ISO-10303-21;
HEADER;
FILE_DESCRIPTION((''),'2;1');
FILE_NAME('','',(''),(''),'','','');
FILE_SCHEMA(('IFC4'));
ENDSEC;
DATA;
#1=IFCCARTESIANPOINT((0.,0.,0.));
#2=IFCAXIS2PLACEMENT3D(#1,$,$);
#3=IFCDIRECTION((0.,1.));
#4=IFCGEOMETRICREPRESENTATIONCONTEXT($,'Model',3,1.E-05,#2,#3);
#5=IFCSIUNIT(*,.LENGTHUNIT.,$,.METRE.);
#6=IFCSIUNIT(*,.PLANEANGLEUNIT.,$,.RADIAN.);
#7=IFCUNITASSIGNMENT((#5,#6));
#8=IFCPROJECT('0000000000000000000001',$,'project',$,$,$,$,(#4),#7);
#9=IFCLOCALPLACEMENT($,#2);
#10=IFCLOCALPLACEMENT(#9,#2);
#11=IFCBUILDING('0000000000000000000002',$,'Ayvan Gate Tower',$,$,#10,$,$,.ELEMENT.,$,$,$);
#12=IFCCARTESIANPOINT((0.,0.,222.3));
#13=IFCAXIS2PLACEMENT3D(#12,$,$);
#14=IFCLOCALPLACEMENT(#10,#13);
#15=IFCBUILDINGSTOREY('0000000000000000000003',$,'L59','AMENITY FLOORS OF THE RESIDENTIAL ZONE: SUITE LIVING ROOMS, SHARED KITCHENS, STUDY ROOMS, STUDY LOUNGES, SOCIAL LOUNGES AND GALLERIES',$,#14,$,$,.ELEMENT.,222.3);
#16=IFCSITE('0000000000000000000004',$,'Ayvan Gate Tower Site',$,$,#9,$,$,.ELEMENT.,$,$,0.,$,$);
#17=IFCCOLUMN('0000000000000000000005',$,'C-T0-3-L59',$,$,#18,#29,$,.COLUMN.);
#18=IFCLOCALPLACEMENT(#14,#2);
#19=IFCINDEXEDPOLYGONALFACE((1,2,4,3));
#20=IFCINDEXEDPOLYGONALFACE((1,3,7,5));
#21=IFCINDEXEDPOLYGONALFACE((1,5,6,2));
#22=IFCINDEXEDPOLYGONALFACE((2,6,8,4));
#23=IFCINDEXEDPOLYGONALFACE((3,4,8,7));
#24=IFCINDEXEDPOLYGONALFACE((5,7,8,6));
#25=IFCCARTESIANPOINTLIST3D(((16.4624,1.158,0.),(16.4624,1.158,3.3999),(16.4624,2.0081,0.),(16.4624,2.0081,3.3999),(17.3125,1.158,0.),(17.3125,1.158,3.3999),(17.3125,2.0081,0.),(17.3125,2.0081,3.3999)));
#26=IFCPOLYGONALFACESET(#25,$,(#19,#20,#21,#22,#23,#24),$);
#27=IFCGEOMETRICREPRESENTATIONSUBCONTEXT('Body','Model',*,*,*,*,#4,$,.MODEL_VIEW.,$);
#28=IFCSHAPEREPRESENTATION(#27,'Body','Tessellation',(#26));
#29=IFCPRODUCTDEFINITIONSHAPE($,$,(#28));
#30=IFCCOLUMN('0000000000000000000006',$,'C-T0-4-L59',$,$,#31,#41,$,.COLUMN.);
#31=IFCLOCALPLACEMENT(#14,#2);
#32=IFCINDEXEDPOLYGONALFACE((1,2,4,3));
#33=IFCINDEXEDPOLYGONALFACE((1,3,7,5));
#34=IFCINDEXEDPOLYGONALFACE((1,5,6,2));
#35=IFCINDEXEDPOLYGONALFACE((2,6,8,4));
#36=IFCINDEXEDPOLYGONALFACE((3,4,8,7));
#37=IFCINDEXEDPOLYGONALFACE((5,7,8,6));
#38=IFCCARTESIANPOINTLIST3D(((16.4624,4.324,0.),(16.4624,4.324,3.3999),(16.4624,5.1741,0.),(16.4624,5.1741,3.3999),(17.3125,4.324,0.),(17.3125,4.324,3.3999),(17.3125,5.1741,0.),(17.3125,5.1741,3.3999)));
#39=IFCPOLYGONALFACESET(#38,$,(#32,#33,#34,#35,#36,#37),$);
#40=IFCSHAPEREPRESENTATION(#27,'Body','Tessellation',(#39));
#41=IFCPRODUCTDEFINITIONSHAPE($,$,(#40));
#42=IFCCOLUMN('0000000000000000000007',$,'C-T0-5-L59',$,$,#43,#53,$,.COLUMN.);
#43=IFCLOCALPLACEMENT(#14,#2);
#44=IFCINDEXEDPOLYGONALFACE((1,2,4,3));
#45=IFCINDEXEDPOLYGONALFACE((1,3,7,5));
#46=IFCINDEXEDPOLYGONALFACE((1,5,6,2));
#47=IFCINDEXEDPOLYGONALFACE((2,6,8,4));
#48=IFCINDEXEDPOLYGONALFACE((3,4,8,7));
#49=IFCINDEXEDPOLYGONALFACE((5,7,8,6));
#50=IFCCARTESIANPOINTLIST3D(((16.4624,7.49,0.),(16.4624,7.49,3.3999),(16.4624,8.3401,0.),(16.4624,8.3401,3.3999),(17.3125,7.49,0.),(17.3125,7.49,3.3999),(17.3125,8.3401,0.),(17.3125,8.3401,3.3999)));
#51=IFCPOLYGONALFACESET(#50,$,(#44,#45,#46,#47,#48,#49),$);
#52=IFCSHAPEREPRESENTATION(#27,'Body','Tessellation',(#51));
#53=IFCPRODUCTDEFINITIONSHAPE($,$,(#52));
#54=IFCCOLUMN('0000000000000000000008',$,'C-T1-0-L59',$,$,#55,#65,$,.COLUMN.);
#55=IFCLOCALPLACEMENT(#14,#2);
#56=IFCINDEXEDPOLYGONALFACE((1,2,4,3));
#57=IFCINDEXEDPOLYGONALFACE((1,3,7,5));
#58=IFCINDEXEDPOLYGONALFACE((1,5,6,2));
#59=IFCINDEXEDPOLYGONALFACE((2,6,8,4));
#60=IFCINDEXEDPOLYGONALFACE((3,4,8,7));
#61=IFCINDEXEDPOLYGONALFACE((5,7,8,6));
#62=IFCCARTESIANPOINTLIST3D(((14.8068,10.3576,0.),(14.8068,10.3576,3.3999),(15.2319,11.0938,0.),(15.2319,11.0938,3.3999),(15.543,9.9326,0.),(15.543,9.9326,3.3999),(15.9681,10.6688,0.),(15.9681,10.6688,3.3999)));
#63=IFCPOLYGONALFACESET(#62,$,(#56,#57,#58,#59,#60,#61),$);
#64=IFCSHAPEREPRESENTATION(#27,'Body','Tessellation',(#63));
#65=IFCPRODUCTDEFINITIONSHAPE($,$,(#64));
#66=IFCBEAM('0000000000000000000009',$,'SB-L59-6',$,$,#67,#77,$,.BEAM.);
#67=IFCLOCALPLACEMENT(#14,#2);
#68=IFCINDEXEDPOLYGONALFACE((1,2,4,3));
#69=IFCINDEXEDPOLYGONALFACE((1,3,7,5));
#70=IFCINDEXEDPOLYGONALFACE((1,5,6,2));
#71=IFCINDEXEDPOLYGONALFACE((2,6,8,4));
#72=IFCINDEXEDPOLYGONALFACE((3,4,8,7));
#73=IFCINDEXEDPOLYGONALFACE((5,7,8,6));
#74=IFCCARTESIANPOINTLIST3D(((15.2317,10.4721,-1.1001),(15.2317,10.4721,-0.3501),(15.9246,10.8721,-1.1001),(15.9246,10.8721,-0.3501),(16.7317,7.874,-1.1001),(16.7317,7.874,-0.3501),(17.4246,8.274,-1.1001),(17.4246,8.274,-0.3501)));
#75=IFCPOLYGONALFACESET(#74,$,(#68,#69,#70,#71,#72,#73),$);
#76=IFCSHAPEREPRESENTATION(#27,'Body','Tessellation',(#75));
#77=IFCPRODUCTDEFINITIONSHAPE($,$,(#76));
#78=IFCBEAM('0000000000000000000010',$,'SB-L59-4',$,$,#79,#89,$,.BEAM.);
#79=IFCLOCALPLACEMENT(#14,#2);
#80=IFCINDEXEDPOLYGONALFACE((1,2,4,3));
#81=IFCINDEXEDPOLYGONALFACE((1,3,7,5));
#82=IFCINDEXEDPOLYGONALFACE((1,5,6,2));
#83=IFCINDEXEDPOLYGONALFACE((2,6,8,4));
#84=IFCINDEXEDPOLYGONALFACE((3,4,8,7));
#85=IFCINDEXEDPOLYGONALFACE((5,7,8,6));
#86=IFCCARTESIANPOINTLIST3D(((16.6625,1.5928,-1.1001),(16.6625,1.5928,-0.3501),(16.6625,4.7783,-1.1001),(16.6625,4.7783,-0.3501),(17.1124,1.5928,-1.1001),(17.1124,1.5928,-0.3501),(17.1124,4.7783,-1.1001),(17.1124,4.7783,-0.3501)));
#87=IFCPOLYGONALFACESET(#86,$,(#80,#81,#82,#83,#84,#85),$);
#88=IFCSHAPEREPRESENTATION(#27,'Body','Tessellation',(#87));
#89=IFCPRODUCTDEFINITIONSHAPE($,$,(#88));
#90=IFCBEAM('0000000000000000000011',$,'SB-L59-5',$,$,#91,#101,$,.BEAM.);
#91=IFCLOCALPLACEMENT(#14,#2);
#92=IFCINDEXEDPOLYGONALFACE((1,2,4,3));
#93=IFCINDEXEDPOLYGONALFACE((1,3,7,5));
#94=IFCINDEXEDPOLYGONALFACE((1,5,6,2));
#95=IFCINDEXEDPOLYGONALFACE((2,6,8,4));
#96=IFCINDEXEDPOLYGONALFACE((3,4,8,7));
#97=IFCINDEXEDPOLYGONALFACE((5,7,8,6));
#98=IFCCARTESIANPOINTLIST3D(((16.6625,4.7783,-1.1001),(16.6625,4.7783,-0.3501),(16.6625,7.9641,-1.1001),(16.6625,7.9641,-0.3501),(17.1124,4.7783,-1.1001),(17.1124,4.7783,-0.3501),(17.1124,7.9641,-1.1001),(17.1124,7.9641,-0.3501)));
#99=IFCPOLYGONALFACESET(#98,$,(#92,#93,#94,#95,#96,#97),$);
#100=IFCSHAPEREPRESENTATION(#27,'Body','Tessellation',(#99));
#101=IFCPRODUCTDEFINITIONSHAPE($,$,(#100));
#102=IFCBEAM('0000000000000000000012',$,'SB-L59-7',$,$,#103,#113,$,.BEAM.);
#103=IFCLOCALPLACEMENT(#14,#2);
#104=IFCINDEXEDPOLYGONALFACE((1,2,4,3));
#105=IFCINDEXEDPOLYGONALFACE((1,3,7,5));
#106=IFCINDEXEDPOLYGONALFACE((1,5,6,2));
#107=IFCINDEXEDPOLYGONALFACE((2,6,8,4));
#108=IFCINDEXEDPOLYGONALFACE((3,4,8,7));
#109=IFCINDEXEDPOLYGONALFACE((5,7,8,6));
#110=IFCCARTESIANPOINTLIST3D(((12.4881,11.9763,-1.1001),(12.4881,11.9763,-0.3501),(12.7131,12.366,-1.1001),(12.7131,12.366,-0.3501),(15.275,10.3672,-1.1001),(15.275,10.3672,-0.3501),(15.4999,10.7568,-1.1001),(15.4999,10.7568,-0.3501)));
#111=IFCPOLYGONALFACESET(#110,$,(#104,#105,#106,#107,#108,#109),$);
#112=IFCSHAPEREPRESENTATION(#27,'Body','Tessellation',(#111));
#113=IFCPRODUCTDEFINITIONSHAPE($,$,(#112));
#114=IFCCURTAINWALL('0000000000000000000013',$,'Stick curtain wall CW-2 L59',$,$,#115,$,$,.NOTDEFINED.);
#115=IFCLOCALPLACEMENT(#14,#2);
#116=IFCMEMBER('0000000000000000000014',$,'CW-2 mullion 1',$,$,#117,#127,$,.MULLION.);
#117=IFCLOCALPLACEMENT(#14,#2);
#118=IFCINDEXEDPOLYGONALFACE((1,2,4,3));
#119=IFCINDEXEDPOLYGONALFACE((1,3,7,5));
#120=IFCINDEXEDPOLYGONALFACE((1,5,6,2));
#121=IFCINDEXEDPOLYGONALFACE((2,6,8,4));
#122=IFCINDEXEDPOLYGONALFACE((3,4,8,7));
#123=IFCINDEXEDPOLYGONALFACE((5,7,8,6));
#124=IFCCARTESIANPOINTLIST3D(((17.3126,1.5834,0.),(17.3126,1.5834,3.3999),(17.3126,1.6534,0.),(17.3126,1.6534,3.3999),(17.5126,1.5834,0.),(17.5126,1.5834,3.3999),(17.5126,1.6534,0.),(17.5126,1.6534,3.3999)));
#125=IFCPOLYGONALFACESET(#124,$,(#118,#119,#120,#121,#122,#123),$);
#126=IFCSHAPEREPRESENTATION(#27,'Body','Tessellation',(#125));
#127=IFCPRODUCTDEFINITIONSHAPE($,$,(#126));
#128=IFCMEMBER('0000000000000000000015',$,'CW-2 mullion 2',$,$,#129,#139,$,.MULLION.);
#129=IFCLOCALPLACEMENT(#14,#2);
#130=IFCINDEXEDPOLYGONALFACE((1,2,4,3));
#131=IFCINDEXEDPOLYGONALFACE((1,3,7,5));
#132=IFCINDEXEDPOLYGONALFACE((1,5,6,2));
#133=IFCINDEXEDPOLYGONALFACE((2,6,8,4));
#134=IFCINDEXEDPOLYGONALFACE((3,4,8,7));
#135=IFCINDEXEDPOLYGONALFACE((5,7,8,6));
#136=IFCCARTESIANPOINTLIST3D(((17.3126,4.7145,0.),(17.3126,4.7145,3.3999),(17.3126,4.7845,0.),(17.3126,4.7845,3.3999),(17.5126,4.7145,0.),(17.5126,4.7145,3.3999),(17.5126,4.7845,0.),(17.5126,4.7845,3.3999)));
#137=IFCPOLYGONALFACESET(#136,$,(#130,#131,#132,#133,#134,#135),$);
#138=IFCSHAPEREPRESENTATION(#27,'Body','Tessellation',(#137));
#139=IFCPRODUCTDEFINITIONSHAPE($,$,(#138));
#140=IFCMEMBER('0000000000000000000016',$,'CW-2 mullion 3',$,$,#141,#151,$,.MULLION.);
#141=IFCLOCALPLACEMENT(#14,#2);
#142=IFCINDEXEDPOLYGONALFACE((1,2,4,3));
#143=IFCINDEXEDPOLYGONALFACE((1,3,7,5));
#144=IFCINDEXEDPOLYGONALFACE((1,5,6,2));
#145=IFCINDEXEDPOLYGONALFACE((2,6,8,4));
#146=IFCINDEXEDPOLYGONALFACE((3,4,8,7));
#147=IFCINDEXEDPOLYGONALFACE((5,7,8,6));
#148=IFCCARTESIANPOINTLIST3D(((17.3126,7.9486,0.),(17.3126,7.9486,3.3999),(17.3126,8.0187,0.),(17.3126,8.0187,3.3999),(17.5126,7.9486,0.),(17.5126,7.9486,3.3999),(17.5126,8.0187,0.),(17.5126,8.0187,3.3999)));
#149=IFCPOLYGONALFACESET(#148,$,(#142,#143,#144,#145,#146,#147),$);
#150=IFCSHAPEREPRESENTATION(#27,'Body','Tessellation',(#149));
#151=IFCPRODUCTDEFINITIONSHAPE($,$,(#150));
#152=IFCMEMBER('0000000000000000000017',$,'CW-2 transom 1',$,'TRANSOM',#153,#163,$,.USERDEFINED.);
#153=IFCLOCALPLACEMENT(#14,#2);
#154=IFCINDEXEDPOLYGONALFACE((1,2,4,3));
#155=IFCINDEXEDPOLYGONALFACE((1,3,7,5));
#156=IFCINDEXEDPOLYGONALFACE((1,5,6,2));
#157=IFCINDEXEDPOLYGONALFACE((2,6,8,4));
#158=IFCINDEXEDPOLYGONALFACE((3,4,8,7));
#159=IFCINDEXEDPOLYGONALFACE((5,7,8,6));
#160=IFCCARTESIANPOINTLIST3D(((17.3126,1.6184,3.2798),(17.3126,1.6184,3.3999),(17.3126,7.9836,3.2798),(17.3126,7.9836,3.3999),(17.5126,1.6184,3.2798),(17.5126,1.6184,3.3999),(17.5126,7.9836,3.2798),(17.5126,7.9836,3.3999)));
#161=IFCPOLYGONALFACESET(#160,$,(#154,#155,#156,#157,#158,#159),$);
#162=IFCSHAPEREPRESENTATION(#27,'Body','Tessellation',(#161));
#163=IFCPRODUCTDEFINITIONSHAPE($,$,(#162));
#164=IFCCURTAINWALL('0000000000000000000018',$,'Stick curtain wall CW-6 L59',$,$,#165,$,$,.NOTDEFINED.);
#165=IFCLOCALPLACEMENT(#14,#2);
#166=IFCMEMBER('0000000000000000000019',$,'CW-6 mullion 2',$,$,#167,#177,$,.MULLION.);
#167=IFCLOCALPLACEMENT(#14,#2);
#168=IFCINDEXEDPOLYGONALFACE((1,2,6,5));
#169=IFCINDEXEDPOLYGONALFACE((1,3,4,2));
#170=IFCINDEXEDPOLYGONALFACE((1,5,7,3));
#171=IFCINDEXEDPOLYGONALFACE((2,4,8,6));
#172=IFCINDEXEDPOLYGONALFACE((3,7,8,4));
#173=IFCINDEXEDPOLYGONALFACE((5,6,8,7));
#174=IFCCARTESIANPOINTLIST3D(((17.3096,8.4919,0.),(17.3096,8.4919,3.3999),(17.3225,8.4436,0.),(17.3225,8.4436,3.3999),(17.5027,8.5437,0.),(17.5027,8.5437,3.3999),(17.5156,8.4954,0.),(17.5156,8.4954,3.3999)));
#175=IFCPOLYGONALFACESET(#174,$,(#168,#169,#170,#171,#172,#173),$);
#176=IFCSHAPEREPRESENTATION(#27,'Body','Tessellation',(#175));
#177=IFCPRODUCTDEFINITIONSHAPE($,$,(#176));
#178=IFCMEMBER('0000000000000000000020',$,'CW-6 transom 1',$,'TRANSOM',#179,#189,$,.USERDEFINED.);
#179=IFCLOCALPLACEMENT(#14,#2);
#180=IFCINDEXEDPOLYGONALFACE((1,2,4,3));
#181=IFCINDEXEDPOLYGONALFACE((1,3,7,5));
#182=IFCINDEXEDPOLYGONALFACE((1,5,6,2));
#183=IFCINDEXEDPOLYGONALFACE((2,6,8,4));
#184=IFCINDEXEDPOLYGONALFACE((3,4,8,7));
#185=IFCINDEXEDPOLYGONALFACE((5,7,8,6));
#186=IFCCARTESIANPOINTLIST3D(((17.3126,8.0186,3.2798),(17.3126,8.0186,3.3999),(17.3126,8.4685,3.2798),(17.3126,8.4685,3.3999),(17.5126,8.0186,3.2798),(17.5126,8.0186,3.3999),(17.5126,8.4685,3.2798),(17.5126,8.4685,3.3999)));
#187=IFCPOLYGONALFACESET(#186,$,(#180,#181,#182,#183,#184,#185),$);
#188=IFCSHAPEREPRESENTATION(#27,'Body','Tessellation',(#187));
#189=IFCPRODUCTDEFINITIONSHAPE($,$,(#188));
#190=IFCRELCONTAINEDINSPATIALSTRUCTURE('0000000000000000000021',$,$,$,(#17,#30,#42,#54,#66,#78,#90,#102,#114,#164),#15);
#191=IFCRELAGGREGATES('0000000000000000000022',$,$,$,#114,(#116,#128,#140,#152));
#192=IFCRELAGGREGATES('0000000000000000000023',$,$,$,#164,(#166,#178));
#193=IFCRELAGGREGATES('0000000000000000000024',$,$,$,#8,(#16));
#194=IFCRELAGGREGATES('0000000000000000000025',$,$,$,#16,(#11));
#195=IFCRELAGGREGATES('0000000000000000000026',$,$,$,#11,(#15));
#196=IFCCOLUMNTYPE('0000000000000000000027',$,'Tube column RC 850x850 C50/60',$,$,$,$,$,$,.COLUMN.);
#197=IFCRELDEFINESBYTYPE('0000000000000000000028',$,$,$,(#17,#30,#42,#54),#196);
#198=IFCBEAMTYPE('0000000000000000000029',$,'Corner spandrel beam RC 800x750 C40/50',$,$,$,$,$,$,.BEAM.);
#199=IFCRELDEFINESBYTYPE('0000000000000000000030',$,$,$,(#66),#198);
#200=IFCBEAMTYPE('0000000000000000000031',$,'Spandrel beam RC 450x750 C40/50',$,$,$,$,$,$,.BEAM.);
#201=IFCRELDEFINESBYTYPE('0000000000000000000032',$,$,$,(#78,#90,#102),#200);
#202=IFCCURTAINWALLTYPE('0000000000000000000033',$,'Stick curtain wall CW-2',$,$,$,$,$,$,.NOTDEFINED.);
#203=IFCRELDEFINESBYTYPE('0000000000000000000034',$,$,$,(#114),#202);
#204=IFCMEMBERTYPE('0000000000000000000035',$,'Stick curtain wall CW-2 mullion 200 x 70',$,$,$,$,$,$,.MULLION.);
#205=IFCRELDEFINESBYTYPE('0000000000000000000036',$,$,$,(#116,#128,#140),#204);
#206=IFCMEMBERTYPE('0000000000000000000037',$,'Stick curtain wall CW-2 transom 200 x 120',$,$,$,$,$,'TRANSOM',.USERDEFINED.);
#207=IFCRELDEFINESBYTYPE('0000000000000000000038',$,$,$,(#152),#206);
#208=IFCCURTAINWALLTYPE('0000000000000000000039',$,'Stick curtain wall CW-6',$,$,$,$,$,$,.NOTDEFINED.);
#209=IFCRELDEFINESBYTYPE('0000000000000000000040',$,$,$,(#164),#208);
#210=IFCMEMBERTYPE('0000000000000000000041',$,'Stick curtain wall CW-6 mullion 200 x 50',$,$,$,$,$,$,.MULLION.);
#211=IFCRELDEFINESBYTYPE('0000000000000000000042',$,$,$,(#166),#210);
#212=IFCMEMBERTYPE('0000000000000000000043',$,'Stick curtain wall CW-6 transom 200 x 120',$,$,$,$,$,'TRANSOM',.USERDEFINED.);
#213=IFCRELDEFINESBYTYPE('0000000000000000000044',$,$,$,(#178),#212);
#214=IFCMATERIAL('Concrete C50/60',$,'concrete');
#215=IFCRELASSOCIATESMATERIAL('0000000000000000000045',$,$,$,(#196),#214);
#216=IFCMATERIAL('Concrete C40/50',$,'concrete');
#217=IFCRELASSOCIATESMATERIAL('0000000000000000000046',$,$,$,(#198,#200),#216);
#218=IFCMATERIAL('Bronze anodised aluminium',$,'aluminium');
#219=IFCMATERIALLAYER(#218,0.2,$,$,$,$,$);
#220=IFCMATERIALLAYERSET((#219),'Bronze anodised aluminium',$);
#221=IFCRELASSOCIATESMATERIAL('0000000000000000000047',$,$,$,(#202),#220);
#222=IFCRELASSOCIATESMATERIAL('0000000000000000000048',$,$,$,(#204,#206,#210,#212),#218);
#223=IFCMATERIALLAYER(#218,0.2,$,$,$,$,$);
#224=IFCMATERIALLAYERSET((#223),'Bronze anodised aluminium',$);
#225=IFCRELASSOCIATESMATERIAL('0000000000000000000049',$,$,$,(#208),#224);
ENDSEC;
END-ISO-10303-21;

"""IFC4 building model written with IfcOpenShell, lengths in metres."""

from ifc_helpers import new_model, si_unit, direction, frame, origin, origin_2d, place, context, subcontext, project, spatial, rectangle, extrude, material, layer, layer_set, material_profile, profile_set, type_object, element, aggregate, save


model = new_model("IFC4")

# Units and contexts
model_context = context("Model", 3, precision=1e-05, world=origin(), true_north=direction((0.0, 1.0)))
body_context = subcontext(model_context, "Body", "Model", "MODEL_VIEW")
ifc_project = project(units=[si_unit("LENGTHUNIT", "METRE"), si_unit("PLANEANGLEUNIT", "RADIAN")], contexts=[model_context])

# Site, building, storey
site_placement = place(None, origin())
site = spatial("IfcSite", under=ifc_project, at=site_placement, Name="Ayvan Gate Tower Site", CompositionType="ELEMENT", RefElevation=0.0)
building_placement = place(site_placement, origin())
building = spatial("IfcBuilding", under=site, at=building_placement, Name="Ayvan Gate Tower", CompositionType="ELEMENT")
storey_placement = place(building_placement, frame((0.0, 0.0, 222.3)))
storey = spatial("IfcBuildingStorey", under=building, at=storey_placement, Name="L59", Description="AMENITY FLOORS OF THE RESIDENTIAL ZONE: SUITE LIVING ROOMS, SHARED KITCHENS, STUDY ROOMS, STUDY LOUNGES, SOCIAL LOUNGES AND GALLERIES", CompositionType="ELEMENT", Elevation=222.3)

# Columns
ifc_material_1 = material(Name="Concrete C50/60", Category="concrete")
ifc_material_profile_1 = material_profile(ifc_material_1, rectangle(XDim=0.8501, YDim=0.8501, at=origin_2d()), Name="RC 850x850")
ifc_profile_set_1 = profile_set([ifc_material_profile_1], Name="Concrete C50/60")
column_type = type_object("IfcColumnType", Name="Tube column RC 850x850 C50/60", PredefinedType="COLUMN", material=ifc_profile_set_1)
for number, where, z_axis, x_axis, name in (
    (1, (16.8875, 1.583, 0.0), (0.0, 0.0, 1.0), (1.0, 0.0, 0.0), "C-T0-3-L59"),
    (2, (16.8875, 4.749, 0.0), (0.0, 0.0, 1.0), (1.0, 0.0, 0.0), "C-T0-4-L59"),
    (3, (16.8875, 7.915, 0.0), (0.0, 0.0, 1.0), (1.0, 0.0, 0.0), "C-T0-5-L59"),
    (4, (15.3875, 10.5132, 0.0), (0.0, 0.0, 1.0), (0.5, 0.866025, 0.0), "C-T1-0-L59"),
):
    element("IfcColumn", number, at=place(storey_placement, frame(where, z_axis=z_axis, x_axis=x_axis)), inside=storey, type_object=column_type, Name=name, PredefinedType="COLUMN", context=body_context, shape_type="SweptSolid", body=[
        extrude(rectangle(XDim=0.8501, YDim=0.8501, at=origin_2d()), origin(), (0.0, 0.0, 1.0), 3.3999),
    ])

# Beams
ifc_material_2 = material(Name="Concrete C40/50", Category="concrete")
ifc_material_profile_2 = material_profile(ifc_material_2, rectangle(XDim=0.8, YDim=0.75, at=origin_2d()), Name="RC 800x750")
ifc_profile_set_2 = profile_set([ifc_material_profile_2], Name="Concrete C40/50")
beam_type_1 = type_object("IfcBeamType", Name="Corner spandrel beam RC 800x750 C40/50", PredefinedType="BEAM", material=ifc_profile_set_2)
beam_1_placement = place(storey_placement, frame((17.0781, 8.074, -0.7251), z_axis=(-0.49999, 0.866031, 0.0), x_axis=(-0.866031, -0.49999, 0.0)))
element("IfcBeam", 5, at=beam_1_placement, inside=storey, type_object=beam_type_1, Name="SB-L59-6", PredefinedType="BEAM", context=body_context, shape_type="SweptSolid", body=[
    extrude(rectangle(XDim=0.8, YDim=0.75, at=origin_2d()), origin(), (0.0, 0.0, 1.0), 3.0),
])
ifc_material_profile_3 = material_profile(ifc_material_2, rectangle(XDim=0.45, YDim=0.75, at=origin_2d()), Name="RC 450x750")
ifc_profile_set_3 = profile_set([ifc_material_profile_3], Name="Concrete C40/50")
beam_type_2 = type_object("IfcBeamType", Name="Spandrel beam RC 450x750 C40/50", PredefinedType="BEAM", material=ifc_profile_set_3)
beam_2_placement = place(storey_placement, frame((16.8875, 1.5928, -0.7251), z_axis=(0.0, 1.0, 0.0), x_axis=(-1.0, 0.0, 0.0)))
element("IfcBeam", 6, at=beam_2_placement, inside=storey, type_object=beam_type_2, Name="SB-L59-4", PredefinedType="BEAM", context=body_context, shape_type="SweptSolid", body=[
    extrude(rectangle(XDim=0.45, YDim=0.75, at=origin_2d()), origin(), (0.0, 0.0, 1.0), 3.1855),
])
beam_3_placement = place(storey_placement, frame((16.8875, 4.7783, -0.7251), z_axis=(0.0, 1.0, 0.0), x_axis=(-1.0, 0.0, 0.0)))
element("IfcBeam", 7, at=beam_3_placement, inside=storey, type_object=beam_type_2, Name="SB-L59-5", PredefinedType="BEAM", context=body_context, shape_type="SweptSolid", body=[
    extrude(rectangle(XDim=0.45, YDim=0.75, at=origin_2d()), origin(), (0.0, 0.0, 1.0), 3.1858),
])
beam_4_placement = place(storey_placement, frame((15.3875, 10.562, -0.7251), z_axis=(-0.866007, 0.500031, 0.0), x_axis=(-0.500031, -0.866007, 0.0)))
element("IfcBeam", 8, at=beam_4_placement, inside=storey, type_object=beam_type_2, Name="SB-L59-7", PredefinedType="BEAM", context=body_context, shape_type="SweptSolid", body=[
    extrude(rectangle(XDim=0.45, YDim=0.75, at=origin_2d()), origin(), (0.0, 0.0, 1.0), 3.218),
])

# Curtain walls, members
ifc_material_3 = material(Name="Bronze anodised aluminium", Category="aluminium")
ifc_layer_1 = layer(ifc_material_3, 0.2)
ifc_layer_set_1 = layer_set([ifc_layer_1], Name="Bronze anodised aluminium")
curtain_wall_type_1 = type_object("IfcCurtainWallType", Name="Stick curtain wall CW-2", PredefinedType="NOTDEFINED", material=ifc_layer_set_1)
curtain_wall_1_placement = place(storey_placement, origin())
curtain_wall_1 = element("IfcCurtainWall", 9, at=curtain_wall_1_placement, inside=storey, type_object=curtain_wall_type_1, Name="Stick curtain wall CW-2 L59", PredefinedType="NOTDEFINED")
ifc_material_profile_4 = material_profile(ifc_material_3, rectangle(XDim=0.2, YDim=0.0701, at=origin_2d()), Name="Stick curtain wall CW-2 mullion 200 x 70")
ifc_profile_set_4 = profile_set([ifc_material_profile_4], Name="Bronze anodised aluminium")
member_type_1 = type_object("IfcMemberType", Name="Stick curtain wall CW-2 mullion 200 x 70", PredefinedType="MULLION", material=ifc_profile_set_4)
member_1_placement = place(storey_placement, frame((17.4126, 1.6184, 0.0), z_axis=(0.0, 0.0, 1.0), x_axis=(1.0, 0.0, 0.0)))
member_1 = element("IfcMember", 10, at=member_1_placement, type_object=member_type_1, Name="CW-2 mullion 1", PredefinedType="MULLION", context=body_context, shape_type="SweptSolid", body=[
    extrude(rectangle(XDim=0.2, YDim=0.0701, at=origin_2d()), origin(), (0.0, 0.0, 1.0), 3.3999),
])
member_2_placement = place(storey_placement, frame((17.4126, 4.7495, 0.0), z_axis=(0.0, 0.0, 1.0), x_axis=(1.0, 0.0, 0.0)))
member_2 = element("IfcMember", 11, at=member_2_placement, type_object=member_type_1, Name="CW-2 mullion 2", PredefinedType="MULLION", context=body_context, shape_type="SweptSolid", body=[
    extrude(rectangle(XDim=0.2, YDim=0.0701, at=origin_2d()), origin(), (0.0, 0.0, 1.0), 3.3999),
])
member_3_placement = place(storey_placement, frame((17.4126, 7.9836, 0.0), z_axis=(0.0, 0.0, 1.0), x_axis=(1.0, 0.0, 0.0)))
member_3 = element("IfcMember", 12, at=member_3_placement, type_object=member_type_1, Name="CW-2 mullion 3", PredefinedType="MULLION", context=body_context, shape_type="SweptSolid", body=[
    extrude(rectangle(XDim=0.2, YDim=0.0701, at=origin_2d()), origin(), (0.0, 0.0, 1.0), 3.3999),
])
ifc_material_profile_5 = material_profile(ifc_material_3, rectangle(XDim=0.2, YDim=0.1201, at=origin_2d()), Name="Stick curtain wall CW-2 transom 200 x 120")
ifc_profile_set_5 = profile_set([ifc_material_profile_5], Name="Bronze anodised aluminium")
member_type_2 = type_object("IfcMemberType", Name="Stick curtain wall CW-2 transom 200 x 120", ElementType="TRANSOM", PredefinedType="USERDEFINED", material=ifc_profile_set_5)
member_4_placement = place(storey_placement, frame((17.4126, 1.6184, 3.3398), z_axis=(0.0, 1.0, 0.0), x_axis=(-1.0, 0.0, 0.0)))
member_4 = element("IfcMember", 13, at=member_4_placement, type_object=member_type_2, Name="CW-2 transom 1", ObjectType="TRANSOM", PredefinedType="USERDEFINED", context=body_context, shape_type="SweptSolid", body=[
    extrude(rectangle(XDim=0.2, YDim=0.1201, at=origin_2d()), origin(), (0.0, 0.0, 1.0), 6.3652),
])
ifc_layer_2 = layer(ifc_material_3, 0.2)
ifc_layer_set_2 = layer_set([ifc_layer_2], Name="Bronze anodised aluminium")
curtain_wall_type_2 = type_object("IfcCurtainWallType", Name="Stick curtain wall CW-6", PredefinedType="NOTDEFINED", material=ifc_layer_set_2)
curtain_wall_2_placement = place(storey_placement, origin())
curtain_wall_2 = element("IfcCurtainWall", 14, at=curtain_wall_2_placement, inside=storey, type_object=curtain_wall_type_2, Name="Stick curtain wall CW-6 L59", PredefinedType="NOTDEFINED")
ifc_material_profile_6 = material_profile(ifc_material_3, rectangle(XDim=0.2, YDim=0.05, at=origin_2d()), Name="Stick curtain wall CW-6 mullion 200 x 50")
ifc_profile_set_6 = profile_set([ifc_material_profile_6], Name="Bronze anodised aluminium")
member_type_3 = type_object("IfcMemberType", Name="Stick curtain wall CW-6 mullion 200 x 50", PredefinedType="MULLION", material=ifc_profile_set_6)
member_5_placement = place(storey_placement, frame((17.4126, 8.4937, 0.0), z_axis=(0.0, 0.0, 1.0), x_axis=(0.965926, 0.258819, 0.0)))
member_5 = element("IfcMember", 15, at=member_5_placement, type_object=member_type_3, Name="CW-6 mullion 2", PredefinedType="MULLION", context=body_context, shape_type="SweptSolid", body=[
    extrude(rectangle(XDim=0.2, YDim=0.05, at=origin_2d()), origin(), (0.0, 0.0, 1.0), 3.3999),
])
ifc_material_profile_7 = material_profile(ifc_material_3, rectangle(XDim=0.2, YDim=0.1201, at=origin_2d()), Name="Stick curtain wall CW-6 transom 200 x 120")
ifc_profile_set_7 = profile_set([ifc_material_profile_7], Name="Bronze anodised aluminium")
member_type_4 = type_object("IfcMemberType", Name="Stick curtain wall CW-6 transom 200 x 120", ElementType="TRANSOM", PredefinedType="USERDEFINED", material=ifc_profile_set_7)
member_6_placement = place(storey_placement, frame((17.4126, 8.0186, 3.3398), z_axis=(0.0, 1.0, 0.0), x_axis=(-1.0, 0.0, 0.0)))
member_6 = element("IfcMember", 16, at=member_6_placement, type_object=member_type_4, Name="CW-6 transom 1", ObjectType="TRANSOM", PredefinedType="USERDEFINED", context=body_context, shape_type="SweptSolid", body=[
    extrude(rectangle(XDim=0.2, YDim=0.1201, at=origin_2d()), origin(), (0.0, 0.0, 1.0), 0.45),
])

aggregate(curtain_wall_1, [member_1, member_2, member_3, member_4])
aggregate(curtain_wall_2, [member_5, member_6])

save(model, "model.ifc")
